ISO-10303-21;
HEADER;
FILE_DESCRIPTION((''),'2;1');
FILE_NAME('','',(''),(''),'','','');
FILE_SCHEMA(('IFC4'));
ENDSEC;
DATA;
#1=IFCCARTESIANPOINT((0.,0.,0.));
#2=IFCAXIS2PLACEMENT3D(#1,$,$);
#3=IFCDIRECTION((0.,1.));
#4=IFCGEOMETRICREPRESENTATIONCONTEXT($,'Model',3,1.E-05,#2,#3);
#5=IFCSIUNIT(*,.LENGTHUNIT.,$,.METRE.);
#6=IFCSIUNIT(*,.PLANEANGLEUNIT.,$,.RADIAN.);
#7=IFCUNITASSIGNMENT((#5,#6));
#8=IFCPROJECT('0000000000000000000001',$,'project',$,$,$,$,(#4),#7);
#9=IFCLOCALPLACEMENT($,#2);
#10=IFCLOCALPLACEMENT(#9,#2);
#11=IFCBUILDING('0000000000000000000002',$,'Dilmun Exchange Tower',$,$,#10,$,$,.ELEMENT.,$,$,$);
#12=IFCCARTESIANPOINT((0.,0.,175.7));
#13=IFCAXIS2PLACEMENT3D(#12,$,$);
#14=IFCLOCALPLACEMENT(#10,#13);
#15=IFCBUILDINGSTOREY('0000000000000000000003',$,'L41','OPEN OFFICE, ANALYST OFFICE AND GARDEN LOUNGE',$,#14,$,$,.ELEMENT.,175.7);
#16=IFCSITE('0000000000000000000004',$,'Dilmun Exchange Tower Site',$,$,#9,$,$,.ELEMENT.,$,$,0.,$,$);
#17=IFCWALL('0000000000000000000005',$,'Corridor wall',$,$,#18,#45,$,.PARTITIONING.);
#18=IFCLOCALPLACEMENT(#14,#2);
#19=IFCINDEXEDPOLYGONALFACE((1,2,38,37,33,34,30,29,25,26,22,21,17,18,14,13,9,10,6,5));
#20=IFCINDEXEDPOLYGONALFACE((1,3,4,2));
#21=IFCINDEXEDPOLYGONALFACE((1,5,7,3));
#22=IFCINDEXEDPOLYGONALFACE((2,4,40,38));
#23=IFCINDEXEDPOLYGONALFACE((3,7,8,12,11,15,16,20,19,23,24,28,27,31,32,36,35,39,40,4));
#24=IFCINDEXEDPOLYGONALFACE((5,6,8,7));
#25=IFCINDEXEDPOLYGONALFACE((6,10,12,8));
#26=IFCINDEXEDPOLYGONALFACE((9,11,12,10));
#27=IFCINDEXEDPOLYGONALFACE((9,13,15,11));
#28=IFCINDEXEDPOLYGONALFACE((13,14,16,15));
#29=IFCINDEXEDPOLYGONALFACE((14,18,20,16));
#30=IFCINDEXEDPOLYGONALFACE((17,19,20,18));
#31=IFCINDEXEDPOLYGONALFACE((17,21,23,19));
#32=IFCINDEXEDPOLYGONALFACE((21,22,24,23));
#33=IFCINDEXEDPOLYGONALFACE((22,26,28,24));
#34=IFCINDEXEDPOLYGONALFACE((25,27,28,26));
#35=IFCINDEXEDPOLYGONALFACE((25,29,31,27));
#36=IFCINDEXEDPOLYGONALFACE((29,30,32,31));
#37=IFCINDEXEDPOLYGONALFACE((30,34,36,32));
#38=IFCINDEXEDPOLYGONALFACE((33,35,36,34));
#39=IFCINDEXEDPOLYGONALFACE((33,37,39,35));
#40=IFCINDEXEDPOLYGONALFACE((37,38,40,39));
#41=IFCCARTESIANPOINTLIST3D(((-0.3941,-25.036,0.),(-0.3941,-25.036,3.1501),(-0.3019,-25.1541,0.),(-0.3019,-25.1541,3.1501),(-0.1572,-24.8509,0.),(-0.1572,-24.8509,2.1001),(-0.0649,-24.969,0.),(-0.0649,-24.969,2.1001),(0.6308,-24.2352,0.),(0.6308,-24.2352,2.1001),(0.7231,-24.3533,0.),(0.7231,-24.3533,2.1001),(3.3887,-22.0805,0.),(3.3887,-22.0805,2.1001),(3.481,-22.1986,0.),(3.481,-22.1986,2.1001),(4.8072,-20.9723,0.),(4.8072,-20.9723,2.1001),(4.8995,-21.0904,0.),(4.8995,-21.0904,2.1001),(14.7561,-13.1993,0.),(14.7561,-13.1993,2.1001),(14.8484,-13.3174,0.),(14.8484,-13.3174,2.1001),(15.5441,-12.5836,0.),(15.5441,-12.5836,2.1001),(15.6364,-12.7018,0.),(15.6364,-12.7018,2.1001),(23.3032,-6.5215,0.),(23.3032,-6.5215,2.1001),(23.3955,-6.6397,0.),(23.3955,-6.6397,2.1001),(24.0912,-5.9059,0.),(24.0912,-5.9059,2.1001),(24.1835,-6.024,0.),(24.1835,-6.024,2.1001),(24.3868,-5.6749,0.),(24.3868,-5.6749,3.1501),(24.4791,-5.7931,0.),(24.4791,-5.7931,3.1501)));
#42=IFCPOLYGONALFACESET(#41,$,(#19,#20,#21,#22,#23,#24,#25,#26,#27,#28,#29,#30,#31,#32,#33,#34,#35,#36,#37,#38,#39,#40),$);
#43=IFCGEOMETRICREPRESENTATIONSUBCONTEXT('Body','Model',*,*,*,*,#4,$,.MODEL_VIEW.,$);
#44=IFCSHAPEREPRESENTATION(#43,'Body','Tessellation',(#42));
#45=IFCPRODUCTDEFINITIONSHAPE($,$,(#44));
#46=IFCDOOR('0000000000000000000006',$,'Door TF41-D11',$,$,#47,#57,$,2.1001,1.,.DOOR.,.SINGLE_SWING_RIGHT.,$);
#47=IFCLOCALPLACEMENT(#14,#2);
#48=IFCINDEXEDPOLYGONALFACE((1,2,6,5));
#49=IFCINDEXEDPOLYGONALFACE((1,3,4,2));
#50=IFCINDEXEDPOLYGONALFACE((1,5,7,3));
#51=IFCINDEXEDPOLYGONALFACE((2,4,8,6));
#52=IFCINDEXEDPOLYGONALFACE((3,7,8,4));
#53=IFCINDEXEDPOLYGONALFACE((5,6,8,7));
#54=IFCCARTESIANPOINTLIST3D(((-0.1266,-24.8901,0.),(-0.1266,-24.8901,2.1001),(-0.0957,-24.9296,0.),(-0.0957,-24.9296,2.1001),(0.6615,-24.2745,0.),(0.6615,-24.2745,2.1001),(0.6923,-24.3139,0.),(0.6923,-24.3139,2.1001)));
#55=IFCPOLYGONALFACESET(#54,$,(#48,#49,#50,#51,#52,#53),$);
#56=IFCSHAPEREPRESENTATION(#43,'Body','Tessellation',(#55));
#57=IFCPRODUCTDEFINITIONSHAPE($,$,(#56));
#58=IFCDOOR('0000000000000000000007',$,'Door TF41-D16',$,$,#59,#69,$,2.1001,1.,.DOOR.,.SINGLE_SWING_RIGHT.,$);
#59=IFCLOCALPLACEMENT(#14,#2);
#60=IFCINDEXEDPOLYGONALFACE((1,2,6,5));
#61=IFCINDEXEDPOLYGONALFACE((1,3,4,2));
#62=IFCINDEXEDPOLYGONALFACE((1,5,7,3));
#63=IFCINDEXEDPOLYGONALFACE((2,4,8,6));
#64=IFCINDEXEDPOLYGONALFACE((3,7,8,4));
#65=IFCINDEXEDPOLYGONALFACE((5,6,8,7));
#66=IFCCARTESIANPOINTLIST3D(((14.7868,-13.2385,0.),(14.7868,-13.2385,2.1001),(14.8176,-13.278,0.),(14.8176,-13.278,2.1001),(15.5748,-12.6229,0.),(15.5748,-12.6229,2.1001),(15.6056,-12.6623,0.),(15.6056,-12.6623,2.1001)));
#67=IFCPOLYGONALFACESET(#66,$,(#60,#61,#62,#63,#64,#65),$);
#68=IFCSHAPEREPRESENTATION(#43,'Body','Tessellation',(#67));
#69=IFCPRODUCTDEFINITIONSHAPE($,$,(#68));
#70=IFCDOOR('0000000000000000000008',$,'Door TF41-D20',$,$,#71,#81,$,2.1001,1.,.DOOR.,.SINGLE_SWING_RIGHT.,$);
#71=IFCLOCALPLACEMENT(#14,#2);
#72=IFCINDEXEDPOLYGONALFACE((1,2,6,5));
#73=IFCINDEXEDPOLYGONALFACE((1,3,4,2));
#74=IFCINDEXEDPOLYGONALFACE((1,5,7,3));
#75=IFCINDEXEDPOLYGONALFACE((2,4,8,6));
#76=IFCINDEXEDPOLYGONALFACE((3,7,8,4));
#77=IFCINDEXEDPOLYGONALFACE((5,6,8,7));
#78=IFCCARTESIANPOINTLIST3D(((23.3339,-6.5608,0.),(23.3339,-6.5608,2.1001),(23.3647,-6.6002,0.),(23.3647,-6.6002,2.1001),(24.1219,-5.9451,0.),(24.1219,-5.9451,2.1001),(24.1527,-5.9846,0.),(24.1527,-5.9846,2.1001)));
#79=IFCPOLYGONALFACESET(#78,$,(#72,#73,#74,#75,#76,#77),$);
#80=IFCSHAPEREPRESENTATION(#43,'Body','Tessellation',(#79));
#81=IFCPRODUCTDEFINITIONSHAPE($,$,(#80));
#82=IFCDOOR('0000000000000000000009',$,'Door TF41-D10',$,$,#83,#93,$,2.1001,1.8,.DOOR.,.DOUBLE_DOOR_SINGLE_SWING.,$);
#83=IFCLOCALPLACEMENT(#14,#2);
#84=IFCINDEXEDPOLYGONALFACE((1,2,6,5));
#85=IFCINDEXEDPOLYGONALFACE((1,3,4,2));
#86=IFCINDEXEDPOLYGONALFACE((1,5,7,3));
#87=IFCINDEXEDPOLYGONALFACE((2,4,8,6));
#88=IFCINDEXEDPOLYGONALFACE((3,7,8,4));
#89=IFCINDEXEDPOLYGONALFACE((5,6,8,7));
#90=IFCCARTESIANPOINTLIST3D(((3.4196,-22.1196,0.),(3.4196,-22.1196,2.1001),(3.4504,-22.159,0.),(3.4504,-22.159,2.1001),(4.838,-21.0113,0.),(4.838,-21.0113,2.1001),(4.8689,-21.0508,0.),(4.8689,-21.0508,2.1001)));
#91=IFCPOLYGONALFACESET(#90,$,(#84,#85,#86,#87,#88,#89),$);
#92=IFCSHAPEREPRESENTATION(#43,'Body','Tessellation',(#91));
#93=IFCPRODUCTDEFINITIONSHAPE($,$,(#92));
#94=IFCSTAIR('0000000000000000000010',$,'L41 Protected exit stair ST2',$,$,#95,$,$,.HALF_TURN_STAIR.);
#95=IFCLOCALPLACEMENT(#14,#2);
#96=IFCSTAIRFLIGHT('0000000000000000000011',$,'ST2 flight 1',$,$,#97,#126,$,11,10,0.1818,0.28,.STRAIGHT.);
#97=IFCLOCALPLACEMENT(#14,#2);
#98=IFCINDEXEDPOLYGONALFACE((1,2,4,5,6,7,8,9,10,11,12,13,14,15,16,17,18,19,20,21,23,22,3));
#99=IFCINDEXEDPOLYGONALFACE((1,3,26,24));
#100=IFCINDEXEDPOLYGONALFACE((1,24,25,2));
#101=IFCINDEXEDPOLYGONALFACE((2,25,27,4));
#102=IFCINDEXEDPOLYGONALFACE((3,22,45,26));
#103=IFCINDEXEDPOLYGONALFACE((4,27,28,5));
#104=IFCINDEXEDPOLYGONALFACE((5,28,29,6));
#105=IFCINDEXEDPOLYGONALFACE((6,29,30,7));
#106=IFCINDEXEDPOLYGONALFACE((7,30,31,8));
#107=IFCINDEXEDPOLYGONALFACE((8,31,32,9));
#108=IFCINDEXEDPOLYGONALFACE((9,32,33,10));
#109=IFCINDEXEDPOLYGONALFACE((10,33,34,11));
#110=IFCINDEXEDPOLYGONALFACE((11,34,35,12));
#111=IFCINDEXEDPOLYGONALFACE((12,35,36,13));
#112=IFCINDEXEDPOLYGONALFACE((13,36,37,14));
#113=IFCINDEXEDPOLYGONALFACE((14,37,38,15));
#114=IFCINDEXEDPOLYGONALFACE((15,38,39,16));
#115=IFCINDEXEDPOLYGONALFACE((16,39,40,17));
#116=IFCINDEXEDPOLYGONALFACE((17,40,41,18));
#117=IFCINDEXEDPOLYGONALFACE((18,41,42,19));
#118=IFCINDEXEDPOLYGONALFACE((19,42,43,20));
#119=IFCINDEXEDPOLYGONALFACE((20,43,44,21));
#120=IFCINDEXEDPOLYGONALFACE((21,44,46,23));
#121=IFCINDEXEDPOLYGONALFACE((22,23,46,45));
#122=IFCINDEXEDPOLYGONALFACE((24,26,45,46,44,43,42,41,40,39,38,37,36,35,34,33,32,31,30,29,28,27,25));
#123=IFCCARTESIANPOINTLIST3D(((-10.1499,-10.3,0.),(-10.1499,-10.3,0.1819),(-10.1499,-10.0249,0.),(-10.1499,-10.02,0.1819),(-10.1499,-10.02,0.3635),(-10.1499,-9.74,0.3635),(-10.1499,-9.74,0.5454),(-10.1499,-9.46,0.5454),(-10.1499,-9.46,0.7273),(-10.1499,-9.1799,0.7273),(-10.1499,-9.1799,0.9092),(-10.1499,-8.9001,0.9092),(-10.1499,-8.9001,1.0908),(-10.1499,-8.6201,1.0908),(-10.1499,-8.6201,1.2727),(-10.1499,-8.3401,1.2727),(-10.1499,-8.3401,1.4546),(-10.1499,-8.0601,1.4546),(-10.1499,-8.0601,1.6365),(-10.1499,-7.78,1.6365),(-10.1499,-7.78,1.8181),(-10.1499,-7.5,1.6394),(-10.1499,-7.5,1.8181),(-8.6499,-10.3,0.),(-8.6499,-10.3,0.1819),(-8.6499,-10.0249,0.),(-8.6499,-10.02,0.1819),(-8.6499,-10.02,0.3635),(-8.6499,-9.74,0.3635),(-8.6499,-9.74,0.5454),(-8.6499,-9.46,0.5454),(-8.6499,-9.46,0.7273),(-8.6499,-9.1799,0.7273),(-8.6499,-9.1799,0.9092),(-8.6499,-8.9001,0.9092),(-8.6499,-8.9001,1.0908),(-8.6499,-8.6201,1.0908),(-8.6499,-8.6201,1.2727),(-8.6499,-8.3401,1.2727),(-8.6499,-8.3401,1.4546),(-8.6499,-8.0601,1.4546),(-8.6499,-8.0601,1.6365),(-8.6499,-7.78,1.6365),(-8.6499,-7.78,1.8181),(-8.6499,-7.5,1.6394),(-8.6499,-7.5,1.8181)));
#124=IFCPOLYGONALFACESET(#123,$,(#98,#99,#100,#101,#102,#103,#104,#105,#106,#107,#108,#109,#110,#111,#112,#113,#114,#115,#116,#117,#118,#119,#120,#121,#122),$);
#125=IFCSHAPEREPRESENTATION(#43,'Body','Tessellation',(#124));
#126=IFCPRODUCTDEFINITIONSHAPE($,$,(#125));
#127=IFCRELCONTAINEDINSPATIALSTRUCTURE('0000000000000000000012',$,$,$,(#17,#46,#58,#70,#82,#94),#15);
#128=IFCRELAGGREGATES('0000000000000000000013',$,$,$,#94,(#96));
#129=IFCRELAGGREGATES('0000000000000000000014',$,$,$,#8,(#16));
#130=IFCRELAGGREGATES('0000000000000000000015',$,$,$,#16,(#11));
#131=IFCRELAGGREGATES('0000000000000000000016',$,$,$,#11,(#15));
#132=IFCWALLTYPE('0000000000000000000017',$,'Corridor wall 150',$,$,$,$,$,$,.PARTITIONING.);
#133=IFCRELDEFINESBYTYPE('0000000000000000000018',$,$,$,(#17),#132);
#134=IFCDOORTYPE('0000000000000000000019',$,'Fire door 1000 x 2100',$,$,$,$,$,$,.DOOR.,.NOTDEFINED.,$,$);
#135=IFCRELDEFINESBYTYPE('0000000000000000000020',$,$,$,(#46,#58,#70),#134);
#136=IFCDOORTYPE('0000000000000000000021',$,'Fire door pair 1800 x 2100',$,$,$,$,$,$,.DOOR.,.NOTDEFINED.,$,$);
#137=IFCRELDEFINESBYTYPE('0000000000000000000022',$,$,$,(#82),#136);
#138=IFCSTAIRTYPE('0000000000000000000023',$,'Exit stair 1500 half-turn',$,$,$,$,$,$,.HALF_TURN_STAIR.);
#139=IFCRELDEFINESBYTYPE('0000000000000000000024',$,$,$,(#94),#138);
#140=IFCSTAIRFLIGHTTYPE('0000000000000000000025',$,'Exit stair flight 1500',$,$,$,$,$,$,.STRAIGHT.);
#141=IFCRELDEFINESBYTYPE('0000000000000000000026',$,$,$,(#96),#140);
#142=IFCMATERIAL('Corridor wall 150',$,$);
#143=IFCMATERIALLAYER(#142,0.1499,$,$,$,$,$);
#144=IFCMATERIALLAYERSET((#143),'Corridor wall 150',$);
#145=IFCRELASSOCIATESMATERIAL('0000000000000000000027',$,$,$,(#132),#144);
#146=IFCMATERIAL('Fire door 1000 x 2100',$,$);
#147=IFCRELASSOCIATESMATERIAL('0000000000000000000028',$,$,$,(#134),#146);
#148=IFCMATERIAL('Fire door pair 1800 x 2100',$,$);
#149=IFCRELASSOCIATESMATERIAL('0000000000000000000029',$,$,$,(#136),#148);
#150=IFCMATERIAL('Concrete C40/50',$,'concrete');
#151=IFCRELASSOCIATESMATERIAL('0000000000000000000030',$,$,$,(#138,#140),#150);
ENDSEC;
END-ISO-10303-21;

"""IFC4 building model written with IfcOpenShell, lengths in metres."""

from ifc_helpers import new_model, si_unit, direction, frame, frame_2d, origin, place, context, subcontext, project, spatial, polyline, rectangle, outline, extrude, material, layer, layer_set, type_object, element, fill, aggregate, save


model = new_model("IFC4")

# Units and contexts
model_context = context("Model", 3, precision=1e-05, world=origin(), true_north=direction((0.0, 1.0)))
body_context = subcontext(model_context, "Body", "Model", "MODEL_VIEW")
ifc_project = project(units=[si_unit("LENGTHUNIT", "METRE"), si_unit("PLANEANGLEUNIT", "RADIAN")], contexts=[model_context])

# Site, building, storey
site_placement = place(None, origin())
site = spatial("IfcSite", under=ifc_project, at=site_placement, Name="Dilmun Exchange Tower Site", CompositionType="ELEMENT", RefElevation=0.0)
building_placement = place(site_placement, origin())
building = spatial("IfcBuilding", under=site, at=building_placement, Name="Dilmun Exchange Tower", CompositionType="ELEMENT")
storey_placement = place(building_placement, frame((0.0, 0.0, 175.7)))
storey = spatial("IfcBuildingStorey", under=building, at=storey_placement, Name="L41", Description="OPEN OFFICE, ANALYST OFFICE AND GARDEN LOUNGE", CompositionType="ELEMENT", Elevation=175.7)

# Shared definitions
ifc_material_1 = material(Name="Concrete C40/50", Category="concrete")

# Shared definitions
ifc_material_2 = material(Name="Corridor wall 150")
ifc_layer_1 = layer(ifc_material_2, 0.1499)
ifc_layer_set_1 = layer_set([ifc_layer_1], Name="Corridor wall 150")
wall_type_1 = type_object("IfcWallType", Name="Corridor wall 150", PredefinedType="PARTITIONING", material=ifc_layer_set_1)
ifc_material_3 = material(Name="Fire door 1000 x 2100")
door_type_1 = type_object("IfcDoorType", Name="Fire door 1000 x 2100", OperationType="NOTDEFINED", PredefinedType="DOOR", material=ifc_material_3)

# Wall, openings, doors
wall_1_placement = place(storey_placement, frame((-0.3479, -25.095, 0.0), z_axis=(0.0, 0.0, 1.0), x_axis=(0.78801, 0.615662, 0.0)))
wall_1 = element("IfcWall", 1, at=wall_1_placement, inside=storey, type_object=wall_type_1, Name="Corridor wall", PredefinedType="PARTITIONING", context=body_context, shape_type="SweptSolid", body=[
    extrude(rectangle(XDim=31.4475, YDim=0.1499, at=frame_2d((15.7236, 0.0))), origin(), (0.0, 0.0, 1.0), 3.1501),
])
opening_1_placement = place(wall_1_placement, frame((4.8005, 0.0, 0.0)))
opening_1 = element("IfcOpeningElement", 2, at=opening_1_placement, cuts=wall_1, PredefinedType="OPENING", context=body_context, shape_type="SweptSolid", body=[
    extrude(rectangle(XDim=1.8, YDim=2.1001, at=frame_2d((0.8999, 1.05))), frame((0.0, 0.085, 0.0), z_axis=(0.0, -1.0, 0.0), x_axis=(1.0, 0.0, 0.0)), (0.0, 0.0, 1.0), 0.1699),
])
opening_2_placement = place(wall_1_placement, frame((0.3005, 0.0, 0.0)))
opening_2 = element("IfcOpeningElement", 3, at=opening_2_placement, cuts=wall_1, PredefinedType="OPENING", context=body_context, shape_type="SweptSolid", body=[
    extrude(rectangle(XDim=1.0, YDim=2.1001, at=frame_2d((0.5, 1.05))), frame((0.0, 0.085, 0.0), z_axis=(0.0, -1.0, 0.0), x_axis=(1.0, 0.0, 0.0)), (0.0, 0.0, 1.0), 0.1699),
])
opening_3_placement = place(wall_1_placement, frame((19.2258, 0.0, 0.0)))
opening_3 = element("IfcOpeningElement", 4, at=opening_3_placement, cuts=wall_1, PredefinedType="OPENING", context=body_context, shape_type="SweptSolid", body=[
    extrude(rectangle(XDim=1.0, YDim=2.1001, at=frame_2d((0.5, 1.05))), frame((0.0, 0.085, 0.0), z_axis=(0.0, -1.0, 0.0), x_axis=(1.0, 0.0, 0.0)), (0.0, 0.0, 1.0), 0.1699),
])
opening_4_placement = place(wall_1_placement, frame((30.0723, 0.0, 0.0)))
opening_4 = element("IfcOpeningElement", 5, at=opening_4_placement, cuts=wall_1, PredefinedType="OPENING", context=body_context, shape_type="SweptSolid", body=[
    extrude(rectangle(XDim=1.0, YDim=2.1001, at=frame_2d((0.5, 1.05))), frame((0.0, 0.085, 0.0), z_axis=(0.0, -1.0, 0.0), x_axis=(1.0, 0.0, 0.0)), (0.0, 0.0, 1.0), 0.1699),
])
door_1_placement = place(opening_2_placement, frame((1.0, 0.0, 0.0), z_axis=(0.0, 0.0, 1.0), x_axis=(-1.0, 0.0, 0.0)))
door_1 = element("IfcDoor", 6, at=door_1_placement, inside=storey, type_object=door_type_1, Name="Door TF41-D11", OperationType="SINGLE_SWING_RIGHT", OverallHeight=2.1001, OverallWidth=1.0, PredefinedType="DOOR", context=body_context, shape_type="SweptSolid", body=[
    extrude(rectangle(XDim=1.0, YDim=2.1001, at=frame_2d((0.5, 1.05))), frame((0.0, 0.0249, 0.0), z_axis=(0.0, -1.0, 0.0), x_axis=(1.0, 0.0, 0.0)), (0.0, 0.0, 1.0), 0.05),
])
fill(opening_2, door_1)
door_2_placement = place(opening_3_placement, frame((1.0, 0.0, 0.0), z_axis=(0.0, 0.0, 1.0), x_axis=(-1.0, 0.0, 0.0)))
door_2 = element("IfcDoor", 7, at=door_2_placement, inside=storey, type_object=door_type_1, Name="Door TF41-D16", OperationType="SINGLE_SWING_RIGHT", OverallHeight=2.1001, OverallWidth=1.0, PredefinedType="DOOR", context=body_context, shape_type="SweptSolid", body=[
    extrude(rectangle(XDim=1.0, YDim=2.1001, at=frame_2d((0.5, 1.05))), frame((0.0, 0.0249, 0.0), z_axis=(0.0, -1.0, 0.0), x_axis=(1.0, 0.0, 0.0)), (0.0, 0.0, 1.0), 0.05),
])
fill(opening_3, door_2)
door_3_placement = place(opening_4_placement, frame((1.0, 0.0, 0.0), z_axis=(0.0, 0.0, 1.0), x_axis=(-1.0, 0.0, 0.0)))
door_3 = element("IfcDoor", 8, at=door_3_placement, inside=storey, type_object=door_type_1, Name="Door TF41-D20", OperationType="SINGLE_SWING_RIGHT", OverallHeight=2.1001, OverallWidth=1.0, PredefinedType="DOOR", context=body_context, shape_type="SweptSolid", body=[
    extrude(rectangle(XDim=1.0, YDim=2.1001, at=frame_2d((0.5, 1.05))), frame((0.0, 0.0249, 0.0), z_axis=(0.0, -1.0, 0.0), x_axis=(1.0, 0.0, 0.0)), (0.0, 0.0, 1.0), 0.05),
])
fill(opening_4, door_3)
ifc_material_4 = material(Name="Fire door pair 1800 x 2100")
door_type_2 = type_object("IfcDoorType", Name="Fire door pair 1800 x 2100", OperationType="NOTDEFINED", PredefinedType="DOOR", material=ifc_material_4)
door_4_placement = place(opening_1_placement, frame((1.8, 0.0, 0.0), z_axis=(0.0, 0.0, 1.0), x_axis=(-1.0, 0.0, 0.0)))
door_4 = element("IfcDoor", 9, at=door_4_placement, inside=storey, type_object=door_type_2, Name="Door TF41-D10", OperationType="DOUBLE_DOOR_SINGLE_SWING", OverallHeight=2.1001, OverallWidth=1.8, PredefinedType="DOOR", context=body_context, shape_type="SweptSolid", body=[
    extrude(rectangle(XDim=1.8, YDim=2.1001, at=frame_2d((0.8999, 1.05))), frame((0.0, 0.0249, 0.0), z_axis=(0.0, -1.0, 0.0), x_axis=(1.0, 0.0, 0.0)), (0.0, 0.0, 1.0), 0.05),
])
fill(opening_1, door_4)

# Stair, stair flight
stair_type = type_object("IfcStairType", Name="Exit stair 1500 half-turn", PredefinedType="HALF_TURN_STAIR", material=ifc_material_1)
stair_placement = place(storey_placement, origin())
stair = element("IfcStair", 10, at=stair_placement, inside=storey, type_object=stair_type, Name="L41 Protected exit stair ST2", PredefinedType="HALF_TURN_STAIR")
stair_flight_type = type_object("IfcStairFlightType", Name="Exit stair flight 1500", PredefinedType="STRAIGHT", material=ifc_material_1)
stair_flight_placement = place(storey_placement, frame((-9.3999, -10.3, 0.0), z_axis=(0.0, 0.0, 1.0), x_axis=(0.0, 1.0, 0.0)))
stair_flight = element("IfcStairFlight", 11, at=stair_flight_placement, type_object=stair_flight_type, Name="ST2 flight 1", NumberOfRisers=11, NumberOfTreads=10, PredefinedType="STRAIGHT", RiserHeight=0.1818, TreadLength=0.28, context=body_context, shape_type="SweptSolid", body=[
    extrude(outline(polyline([(0.0, 0.0), (0.0, 0.1819), (0.28, 0.1819), (0.28, 0.3635), (0.5601, 0.3635), (0.5601, 0.5454), (0.8401, 0.5454), (0.8401, 0.7273), (1.1201, 0.7273), (1.1201, 0.9092), (1.3999, 0.9092), (1.3999, 1.0908), (1.6799, 1.0908), (1.6799, 1.2727), (1.96, 1.2727), (1.96, 1.4546), (2.24, 1.4546), (2.24, 1.6365), (2.52, 1.6365), (2.52, 1.8181), (2.8, 1.8181), (2.8, 2.0), (2.8, 1.6394), (0.2751, 0.0), (0.0, 0.0)])), frame((0.0, 0.75, 0.0), z_axis=(0.0, -1.0, 0.0), x_axis=(1.0, 0.0, 0.0)), (0.0, 0.0, 1.0), 1.5),
])
aggregate(stair, [stair_flight])

save(model, "model.ifc")
